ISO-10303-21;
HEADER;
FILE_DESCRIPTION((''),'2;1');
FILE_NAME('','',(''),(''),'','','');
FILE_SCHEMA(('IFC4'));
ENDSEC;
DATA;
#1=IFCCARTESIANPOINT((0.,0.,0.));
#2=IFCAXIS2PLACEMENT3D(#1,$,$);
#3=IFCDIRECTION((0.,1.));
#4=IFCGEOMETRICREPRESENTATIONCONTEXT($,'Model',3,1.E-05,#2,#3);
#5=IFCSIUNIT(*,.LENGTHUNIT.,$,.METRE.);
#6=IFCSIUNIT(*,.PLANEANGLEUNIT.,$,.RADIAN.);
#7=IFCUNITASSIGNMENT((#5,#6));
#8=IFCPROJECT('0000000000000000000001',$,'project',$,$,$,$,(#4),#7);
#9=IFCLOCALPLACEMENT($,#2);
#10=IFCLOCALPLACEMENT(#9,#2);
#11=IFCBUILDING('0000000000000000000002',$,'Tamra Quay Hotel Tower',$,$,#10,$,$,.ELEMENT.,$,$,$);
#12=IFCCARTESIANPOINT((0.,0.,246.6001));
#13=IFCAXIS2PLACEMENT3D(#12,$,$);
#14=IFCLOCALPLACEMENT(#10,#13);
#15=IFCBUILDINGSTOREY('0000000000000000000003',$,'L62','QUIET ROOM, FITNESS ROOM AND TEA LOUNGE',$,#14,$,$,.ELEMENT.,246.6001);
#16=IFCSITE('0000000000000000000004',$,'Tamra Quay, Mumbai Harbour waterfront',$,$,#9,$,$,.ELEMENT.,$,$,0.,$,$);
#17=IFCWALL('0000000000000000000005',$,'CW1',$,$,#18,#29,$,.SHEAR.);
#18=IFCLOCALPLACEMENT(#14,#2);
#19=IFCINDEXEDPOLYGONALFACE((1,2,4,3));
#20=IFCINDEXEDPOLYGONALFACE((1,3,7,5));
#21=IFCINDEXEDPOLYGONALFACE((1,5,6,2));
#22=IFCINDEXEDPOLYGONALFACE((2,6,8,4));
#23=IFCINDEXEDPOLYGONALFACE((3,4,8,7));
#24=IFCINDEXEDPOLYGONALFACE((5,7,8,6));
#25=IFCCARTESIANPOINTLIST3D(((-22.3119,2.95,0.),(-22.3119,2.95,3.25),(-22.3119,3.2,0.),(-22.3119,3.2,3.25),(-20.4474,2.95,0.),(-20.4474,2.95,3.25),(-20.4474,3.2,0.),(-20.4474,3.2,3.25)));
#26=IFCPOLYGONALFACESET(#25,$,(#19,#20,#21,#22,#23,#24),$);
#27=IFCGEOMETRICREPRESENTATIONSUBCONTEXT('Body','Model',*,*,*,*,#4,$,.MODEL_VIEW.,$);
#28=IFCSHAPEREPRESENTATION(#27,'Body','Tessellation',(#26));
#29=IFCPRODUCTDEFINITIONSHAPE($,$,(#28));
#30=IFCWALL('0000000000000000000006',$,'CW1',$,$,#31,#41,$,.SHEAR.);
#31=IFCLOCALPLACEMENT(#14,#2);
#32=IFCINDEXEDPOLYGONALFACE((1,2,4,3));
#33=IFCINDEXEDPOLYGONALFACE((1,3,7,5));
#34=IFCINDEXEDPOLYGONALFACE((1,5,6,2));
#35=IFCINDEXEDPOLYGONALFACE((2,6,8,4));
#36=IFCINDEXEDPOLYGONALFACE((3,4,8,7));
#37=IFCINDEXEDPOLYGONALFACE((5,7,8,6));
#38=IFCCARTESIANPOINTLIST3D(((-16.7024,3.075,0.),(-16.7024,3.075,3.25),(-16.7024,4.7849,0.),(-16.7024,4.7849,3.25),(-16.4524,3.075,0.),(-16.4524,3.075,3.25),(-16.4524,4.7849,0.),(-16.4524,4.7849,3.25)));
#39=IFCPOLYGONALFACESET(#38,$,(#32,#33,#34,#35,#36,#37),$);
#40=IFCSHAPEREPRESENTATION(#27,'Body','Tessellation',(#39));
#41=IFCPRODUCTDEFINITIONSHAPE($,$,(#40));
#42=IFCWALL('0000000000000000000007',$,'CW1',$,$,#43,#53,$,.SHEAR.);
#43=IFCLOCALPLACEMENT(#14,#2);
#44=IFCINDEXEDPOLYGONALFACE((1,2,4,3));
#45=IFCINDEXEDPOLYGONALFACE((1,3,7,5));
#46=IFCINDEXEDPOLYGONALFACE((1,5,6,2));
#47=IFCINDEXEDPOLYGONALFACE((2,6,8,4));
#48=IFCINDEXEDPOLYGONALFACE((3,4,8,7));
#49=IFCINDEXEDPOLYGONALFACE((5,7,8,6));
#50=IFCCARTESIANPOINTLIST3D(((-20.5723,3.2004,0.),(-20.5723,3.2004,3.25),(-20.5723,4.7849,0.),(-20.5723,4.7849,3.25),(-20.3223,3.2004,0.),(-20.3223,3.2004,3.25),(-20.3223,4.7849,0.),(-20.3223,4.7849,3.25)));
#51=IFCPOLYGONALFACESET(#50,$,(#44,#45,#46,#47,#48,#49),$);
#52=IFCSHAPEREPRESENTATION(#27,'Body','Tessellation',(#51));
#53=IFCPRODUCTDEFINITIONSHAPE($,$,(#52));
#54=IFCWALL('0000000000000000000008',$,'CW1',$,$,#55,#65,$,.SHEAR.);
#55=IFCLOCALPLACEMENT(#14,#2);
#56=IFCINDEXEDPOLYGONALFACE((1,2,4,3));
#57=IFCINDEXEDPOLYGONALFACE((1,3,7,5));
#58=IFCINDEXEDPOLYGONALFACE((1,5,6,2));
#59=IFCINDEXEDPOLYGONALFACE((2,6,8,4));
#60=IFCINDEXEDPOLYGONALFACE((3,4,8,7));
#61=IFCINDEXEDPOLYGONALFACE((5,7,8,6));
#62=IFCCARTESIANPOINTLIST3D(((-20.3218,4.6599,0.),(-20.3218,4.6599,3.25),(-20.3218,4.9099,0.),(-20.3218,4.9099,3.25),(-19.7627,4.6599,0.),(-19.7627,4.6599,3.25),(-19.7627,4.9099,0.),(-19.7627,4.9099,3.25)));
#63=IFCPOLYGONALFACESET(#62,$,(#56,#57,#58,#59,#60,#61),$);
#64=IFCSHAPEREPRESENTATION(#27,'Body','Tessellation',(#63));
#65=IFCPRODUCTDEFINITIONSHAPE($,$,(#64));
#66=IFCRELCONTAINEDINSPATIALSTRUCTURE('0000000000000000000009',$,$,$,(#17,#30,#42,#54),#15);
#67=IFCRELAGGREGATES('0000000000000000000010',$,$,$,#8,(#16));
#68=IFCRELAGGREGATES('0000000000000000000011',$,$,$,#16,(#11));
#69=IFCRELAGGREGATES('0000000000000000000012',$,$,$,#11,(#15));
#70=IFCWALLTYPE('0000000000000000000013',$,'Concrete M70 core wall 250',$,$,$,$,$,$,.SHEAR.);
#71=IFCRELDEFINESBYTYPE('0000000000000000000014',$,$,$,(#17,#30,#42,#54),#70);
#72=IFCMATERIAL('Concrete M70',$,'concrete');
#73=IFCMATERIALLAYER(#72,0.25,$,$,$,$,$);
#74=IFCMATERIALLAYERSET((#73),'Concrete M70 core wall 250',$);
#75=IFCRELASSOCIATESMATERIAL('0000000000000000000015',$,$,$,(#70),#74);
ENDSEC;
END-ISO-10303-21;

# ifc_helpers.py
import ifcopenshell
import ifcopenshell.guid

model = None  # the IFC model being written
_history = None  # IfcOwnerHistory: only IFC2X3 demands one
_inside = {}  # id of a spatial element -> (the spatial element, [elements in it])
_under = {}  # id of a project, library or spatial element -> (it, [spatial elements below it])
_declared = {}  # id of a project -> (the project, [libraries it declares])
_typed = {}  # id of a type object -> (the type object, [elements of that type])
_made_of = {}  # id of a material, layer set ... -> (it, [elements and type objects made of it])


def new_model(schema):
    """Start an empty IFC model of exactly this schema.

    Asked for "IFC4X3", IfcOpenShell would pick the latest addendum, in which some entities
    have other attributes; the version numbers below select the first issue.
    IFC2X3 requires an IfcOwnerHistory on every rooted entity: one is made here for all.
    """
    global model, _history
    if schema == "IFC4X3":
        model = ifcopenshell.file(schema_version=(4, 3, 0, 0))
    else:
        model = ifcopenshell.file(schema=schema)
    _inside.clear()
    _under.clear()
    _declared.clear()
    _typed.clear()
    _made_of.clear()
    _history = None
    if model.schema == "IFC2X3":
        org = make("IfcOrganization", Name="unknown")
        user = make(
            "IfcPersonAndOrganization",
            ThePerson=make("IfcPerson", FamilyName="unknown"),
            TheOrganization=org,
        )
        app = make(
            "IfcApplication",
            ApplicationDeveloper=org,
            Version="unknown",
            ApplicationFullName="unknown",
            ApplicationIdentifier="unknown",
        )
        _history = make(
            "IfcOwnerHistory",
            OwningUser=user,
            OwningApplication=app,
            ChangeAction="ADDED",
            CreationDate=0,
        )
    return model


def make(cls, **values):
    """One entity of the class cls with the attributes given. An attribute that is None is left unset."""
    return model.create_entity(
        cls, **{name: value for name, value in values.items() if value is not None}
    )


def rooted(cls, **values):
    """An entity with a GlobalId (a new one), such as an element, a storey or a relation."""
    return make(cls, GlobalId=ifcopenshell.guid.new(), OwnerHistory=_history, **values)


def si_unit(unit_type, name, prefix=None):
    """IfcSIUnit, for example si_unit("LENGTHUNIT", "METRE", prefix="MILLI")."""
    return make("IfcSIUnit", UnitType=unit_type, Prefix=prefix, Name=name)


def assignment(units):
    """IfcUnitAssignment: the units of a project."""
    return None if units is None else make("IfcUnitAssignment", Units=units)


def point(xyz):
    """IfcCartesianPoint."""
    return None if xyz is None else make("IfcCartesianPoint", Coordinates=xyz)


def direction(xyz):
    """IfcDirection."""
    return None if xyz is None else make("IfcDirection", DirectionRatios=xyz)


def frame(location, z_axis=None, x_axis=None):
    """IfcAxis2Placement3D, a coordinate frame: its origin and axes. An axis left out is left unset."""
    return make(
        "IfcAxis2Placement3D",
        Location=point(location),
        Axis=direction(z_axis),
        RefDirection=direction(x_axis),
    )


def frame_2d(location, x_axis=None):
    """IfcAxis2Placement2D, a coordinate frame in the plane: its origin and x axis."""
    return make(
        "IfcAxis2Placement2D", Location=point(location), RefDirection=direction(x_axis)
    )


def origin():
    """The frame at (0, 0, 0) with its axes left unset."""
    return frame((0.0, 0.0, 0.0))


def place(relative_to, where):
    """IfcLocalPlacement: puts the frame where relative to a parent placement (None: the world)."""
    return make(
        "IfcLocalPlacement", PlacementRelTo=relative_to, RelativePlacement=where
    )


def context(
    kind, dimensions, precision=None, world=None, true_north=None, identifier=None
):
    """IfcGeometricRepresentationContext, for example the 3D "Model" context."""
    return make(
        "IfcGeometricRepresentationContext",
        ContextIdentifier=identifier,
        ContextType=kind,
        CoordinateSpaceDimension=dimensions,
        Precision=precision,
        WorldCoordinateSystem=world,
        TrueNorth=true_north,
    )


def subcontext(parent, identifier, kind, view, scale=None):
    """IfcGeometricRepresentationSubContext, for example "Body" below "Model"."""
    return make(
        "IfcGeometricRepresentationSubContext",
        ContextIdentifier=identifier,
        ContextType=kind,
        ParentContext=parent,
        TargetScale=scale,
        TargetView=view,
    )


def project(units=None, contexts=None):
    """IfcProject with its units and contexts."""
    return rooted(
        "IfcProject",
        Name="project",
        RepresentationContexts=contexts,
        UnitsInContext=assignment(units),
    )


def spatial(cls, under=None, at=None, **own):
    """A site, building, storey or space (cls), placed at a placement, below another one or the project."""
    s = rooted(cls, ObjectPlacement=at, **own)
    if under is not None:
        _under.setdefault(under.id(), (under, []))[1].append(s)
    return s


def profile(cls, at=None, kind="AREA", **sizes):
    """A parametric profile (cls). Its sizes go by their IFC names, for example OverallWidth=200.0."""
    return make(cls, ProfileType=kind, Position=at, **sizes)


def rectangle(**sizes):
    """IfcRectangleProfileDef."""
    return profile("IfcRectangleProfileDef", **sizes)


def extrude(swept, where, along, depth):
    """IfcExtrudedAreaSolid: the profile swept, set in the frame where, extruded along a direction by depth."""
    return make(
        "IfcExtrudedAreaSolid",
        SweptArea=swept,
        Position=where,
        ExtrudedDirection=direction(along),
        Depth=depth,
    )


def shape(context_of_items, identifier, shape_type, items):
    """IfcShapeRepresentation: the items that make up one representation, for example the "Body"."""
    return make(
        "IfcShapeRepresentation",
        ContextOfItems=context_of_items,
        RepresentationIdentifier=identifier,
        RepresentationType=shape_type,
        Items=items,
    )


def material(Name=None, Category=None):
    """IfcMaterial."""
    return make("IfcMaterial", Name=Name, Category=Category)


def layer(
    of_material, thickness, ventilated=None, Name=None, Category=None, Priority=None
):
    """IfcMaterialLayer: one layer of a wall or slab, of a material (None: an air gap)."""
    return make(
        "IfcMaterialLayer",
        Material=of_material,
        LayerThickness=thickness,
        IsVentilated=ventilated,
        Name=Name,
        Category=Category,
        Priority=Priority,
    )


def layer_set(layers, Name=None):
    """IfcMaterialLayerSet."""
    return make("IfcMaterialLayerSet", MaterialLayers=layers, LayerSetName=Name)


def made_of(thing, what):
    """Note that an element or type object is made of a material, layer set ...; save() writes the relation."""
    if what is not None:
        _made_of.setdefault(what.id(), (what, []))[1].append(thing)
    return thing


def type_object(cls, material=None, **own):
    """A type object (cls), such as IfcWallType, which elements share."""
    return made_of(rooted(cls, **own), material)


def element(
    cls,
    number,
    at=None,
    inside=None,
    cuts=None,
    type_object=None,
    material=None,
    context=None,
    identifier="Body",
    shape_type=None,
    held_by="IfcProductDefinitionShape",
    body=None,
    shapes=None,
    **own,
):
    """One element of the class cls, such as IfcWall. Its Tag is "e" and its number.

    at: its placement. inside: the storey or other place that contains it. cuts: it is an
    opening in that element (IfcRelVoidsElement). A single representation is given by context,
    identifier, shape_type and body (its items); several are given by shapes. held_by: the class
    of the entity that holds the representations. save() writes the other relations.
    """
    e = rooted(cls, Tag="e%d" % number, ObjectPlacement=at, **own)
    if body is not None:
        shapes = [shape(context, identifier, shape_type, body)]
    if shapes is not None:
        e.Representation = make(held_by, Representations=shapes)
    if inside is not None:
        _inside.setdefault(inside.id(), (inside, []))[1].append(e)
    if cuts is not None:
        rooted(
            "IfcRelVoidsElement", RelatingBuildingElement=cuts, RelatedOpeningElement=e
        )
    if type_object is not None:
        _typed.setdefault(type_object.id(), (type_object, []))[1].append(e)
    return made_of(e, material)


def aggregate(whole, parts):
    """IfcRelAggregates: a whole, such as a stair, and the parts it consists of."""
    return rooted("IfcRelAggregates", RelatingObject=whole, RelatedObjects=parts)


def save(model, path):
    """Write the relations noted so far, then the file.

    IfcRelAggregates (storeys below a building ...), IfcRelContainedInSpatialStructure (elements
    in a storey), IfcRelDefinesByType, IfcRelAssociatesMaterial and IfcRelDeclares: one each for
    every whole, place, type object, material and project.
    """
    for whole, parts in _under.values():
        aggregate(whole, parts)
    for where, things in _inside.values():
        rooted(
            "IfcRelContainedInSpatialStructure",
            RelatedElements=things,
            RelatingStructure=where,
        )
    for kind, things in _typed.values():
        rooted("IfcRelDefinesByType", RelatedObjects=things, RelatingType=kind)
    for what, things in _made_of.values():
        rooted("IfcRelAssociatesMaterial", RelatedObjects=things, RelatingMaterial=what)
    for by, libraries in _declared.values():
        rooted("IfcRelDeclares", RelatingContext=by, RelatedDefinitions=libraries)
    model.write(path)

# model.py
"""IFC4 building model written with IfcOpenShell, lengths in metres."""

from ifc_helpers import new_model, si_unit, direction, frame, frame_2d, origin, place, context, subcontext, project, spatial, rectangle, extrude, material, layer, layer_set, type_object, element, save


model = new_model("IFC4")

# Units and contexts
model_context = context("Model", 3, precision=1e-05, world=origin(), true_north=direction((0.0, 1.0)))
body_context = subcontext(model_context, "Body", "Model", "MODEL_VIEW")
ifc_project = project(units=[si_unit("LENGTHUNIT", "METRE"), si_unit("PLANEANGLEUNIT", "RADIAN")], contexts=[model_context])

# Site, building, storey
site_placement = place(None, origin())
site = spatial("IfcSite", under=ifc_project, at=site_placement, Name="Tamra Quay, Mumbai Harbour waterfront", CompositionType="ELEMENT", RefElevation=0.0)
building_placement = place(site_placement, origin())
building = spatial("IfcBuilding", under=site, at=building_placement, Name="Tamra Quay Hotel Tower", CompositionType="ELEMENT")
storey_placement = place(building_placement, frame((0.0, 0.0, 246.6001)))
storey = spatial("IfcBuildingStorey", under=building, at=storey_placement, Name="L62", Description="QUIET ROOM, FITNESS ROOM AND TEA LOUNGE", CompositionType="ELEMENT", Elevation=246.6001)

# Shared definitions
ifc_material_1 = material(Name="Concrete M70", Category="concrete")

# Walls
ifc_layer_1 = layer(ifc_material_1, 0.25)
ifc_layer_set_1 = layer_set([ifc_layer_1], Name="Concrete M70 core wall 250")
wall_type_1 = type_object("IfcWallType", Name="Concrete M70 core wall 250", PredefinedType="SHEAR", material=ifc_layer_set_1)
wall_1_placement = place(storey_placement, frame((-22.3118, 3.075, 0.0), z_axis=(0.0, 0.0, 1.0), x_axis=(1.0, 0.0, 0.0)))
element("IfcWall", 1, at=wall_1_placement, inside=storey, type_object=wall_type_1, Name="CW1", PredefinedType="SHEAR", context=body_context, shape_type="SweptSolid", body=[
    extrude(rectangle(XDim=1.8645, YDim=0.25, at=frame_2d((0.9321, 0.0))), origin(), (0.0, 0.0, 1.0), 3.25),
])
wall_2_placement = place(storey_placement, frame((-16.5774, 4.7849, 0.0), z_axis=(0.0, 0.0, 1.0), x_axis=(0.0, -1.0, 0.0)))
element("IfcWall", 2, at=wall_2_placement, inside=storey, type_object=wall_type_1, Name="CW1", PredefinedType="SHEAR", context=body_context, shape_type="SweptSolid", body=[
    extrude(rectangle(XDim=1.71, YDim=0.25, at=frame_2d((0.855, 0.0))), origin(), (0.0, 0.0, 1.0), 3.25),
])
wall_3_placement = place(storey_placement, frame((-20.4473, 3.2004, 0.0), z_axis=(0.0, 0.0, 1.0), x_axis=(0.0, 1.0, 0.0)))
element("IfcWall", 3, at=wall_3_placement, inside=storey, type_object=wall_type_1, Name="CW1", PredefinedType="SHEAR", context=body_context, shape_type="SweptSolid", body=[
    extrude(rectangle(XDim=1.5845, YDim=0.25, at=frame_2d((0.7922, 0.0))), origin(), (0.0, 0.0, 1.0), 3.25),
])
wall_4_placement = place(storey_placement, frame((-20.3218, 4.7849, 0.0), z_axis=(0.0, 0.0, 1.0), x_axis=(1.0, 0.0, 0.0)))
element("IfcWall", 4, at=wall_4_placement, inside=storey, type_object=wall_type_1, Name="CW1", PredefinedType="SHEAR", context=body_context, shape_type="SweptSolid", body=[
    extrude(rectangle(XDim=0.5591, YDim=0.25, at=frame_2d((0.2795, 0.0))), origin(), (0.0, 0.0, 1.0), 3.25),
])

save(model, "model.ifc")
